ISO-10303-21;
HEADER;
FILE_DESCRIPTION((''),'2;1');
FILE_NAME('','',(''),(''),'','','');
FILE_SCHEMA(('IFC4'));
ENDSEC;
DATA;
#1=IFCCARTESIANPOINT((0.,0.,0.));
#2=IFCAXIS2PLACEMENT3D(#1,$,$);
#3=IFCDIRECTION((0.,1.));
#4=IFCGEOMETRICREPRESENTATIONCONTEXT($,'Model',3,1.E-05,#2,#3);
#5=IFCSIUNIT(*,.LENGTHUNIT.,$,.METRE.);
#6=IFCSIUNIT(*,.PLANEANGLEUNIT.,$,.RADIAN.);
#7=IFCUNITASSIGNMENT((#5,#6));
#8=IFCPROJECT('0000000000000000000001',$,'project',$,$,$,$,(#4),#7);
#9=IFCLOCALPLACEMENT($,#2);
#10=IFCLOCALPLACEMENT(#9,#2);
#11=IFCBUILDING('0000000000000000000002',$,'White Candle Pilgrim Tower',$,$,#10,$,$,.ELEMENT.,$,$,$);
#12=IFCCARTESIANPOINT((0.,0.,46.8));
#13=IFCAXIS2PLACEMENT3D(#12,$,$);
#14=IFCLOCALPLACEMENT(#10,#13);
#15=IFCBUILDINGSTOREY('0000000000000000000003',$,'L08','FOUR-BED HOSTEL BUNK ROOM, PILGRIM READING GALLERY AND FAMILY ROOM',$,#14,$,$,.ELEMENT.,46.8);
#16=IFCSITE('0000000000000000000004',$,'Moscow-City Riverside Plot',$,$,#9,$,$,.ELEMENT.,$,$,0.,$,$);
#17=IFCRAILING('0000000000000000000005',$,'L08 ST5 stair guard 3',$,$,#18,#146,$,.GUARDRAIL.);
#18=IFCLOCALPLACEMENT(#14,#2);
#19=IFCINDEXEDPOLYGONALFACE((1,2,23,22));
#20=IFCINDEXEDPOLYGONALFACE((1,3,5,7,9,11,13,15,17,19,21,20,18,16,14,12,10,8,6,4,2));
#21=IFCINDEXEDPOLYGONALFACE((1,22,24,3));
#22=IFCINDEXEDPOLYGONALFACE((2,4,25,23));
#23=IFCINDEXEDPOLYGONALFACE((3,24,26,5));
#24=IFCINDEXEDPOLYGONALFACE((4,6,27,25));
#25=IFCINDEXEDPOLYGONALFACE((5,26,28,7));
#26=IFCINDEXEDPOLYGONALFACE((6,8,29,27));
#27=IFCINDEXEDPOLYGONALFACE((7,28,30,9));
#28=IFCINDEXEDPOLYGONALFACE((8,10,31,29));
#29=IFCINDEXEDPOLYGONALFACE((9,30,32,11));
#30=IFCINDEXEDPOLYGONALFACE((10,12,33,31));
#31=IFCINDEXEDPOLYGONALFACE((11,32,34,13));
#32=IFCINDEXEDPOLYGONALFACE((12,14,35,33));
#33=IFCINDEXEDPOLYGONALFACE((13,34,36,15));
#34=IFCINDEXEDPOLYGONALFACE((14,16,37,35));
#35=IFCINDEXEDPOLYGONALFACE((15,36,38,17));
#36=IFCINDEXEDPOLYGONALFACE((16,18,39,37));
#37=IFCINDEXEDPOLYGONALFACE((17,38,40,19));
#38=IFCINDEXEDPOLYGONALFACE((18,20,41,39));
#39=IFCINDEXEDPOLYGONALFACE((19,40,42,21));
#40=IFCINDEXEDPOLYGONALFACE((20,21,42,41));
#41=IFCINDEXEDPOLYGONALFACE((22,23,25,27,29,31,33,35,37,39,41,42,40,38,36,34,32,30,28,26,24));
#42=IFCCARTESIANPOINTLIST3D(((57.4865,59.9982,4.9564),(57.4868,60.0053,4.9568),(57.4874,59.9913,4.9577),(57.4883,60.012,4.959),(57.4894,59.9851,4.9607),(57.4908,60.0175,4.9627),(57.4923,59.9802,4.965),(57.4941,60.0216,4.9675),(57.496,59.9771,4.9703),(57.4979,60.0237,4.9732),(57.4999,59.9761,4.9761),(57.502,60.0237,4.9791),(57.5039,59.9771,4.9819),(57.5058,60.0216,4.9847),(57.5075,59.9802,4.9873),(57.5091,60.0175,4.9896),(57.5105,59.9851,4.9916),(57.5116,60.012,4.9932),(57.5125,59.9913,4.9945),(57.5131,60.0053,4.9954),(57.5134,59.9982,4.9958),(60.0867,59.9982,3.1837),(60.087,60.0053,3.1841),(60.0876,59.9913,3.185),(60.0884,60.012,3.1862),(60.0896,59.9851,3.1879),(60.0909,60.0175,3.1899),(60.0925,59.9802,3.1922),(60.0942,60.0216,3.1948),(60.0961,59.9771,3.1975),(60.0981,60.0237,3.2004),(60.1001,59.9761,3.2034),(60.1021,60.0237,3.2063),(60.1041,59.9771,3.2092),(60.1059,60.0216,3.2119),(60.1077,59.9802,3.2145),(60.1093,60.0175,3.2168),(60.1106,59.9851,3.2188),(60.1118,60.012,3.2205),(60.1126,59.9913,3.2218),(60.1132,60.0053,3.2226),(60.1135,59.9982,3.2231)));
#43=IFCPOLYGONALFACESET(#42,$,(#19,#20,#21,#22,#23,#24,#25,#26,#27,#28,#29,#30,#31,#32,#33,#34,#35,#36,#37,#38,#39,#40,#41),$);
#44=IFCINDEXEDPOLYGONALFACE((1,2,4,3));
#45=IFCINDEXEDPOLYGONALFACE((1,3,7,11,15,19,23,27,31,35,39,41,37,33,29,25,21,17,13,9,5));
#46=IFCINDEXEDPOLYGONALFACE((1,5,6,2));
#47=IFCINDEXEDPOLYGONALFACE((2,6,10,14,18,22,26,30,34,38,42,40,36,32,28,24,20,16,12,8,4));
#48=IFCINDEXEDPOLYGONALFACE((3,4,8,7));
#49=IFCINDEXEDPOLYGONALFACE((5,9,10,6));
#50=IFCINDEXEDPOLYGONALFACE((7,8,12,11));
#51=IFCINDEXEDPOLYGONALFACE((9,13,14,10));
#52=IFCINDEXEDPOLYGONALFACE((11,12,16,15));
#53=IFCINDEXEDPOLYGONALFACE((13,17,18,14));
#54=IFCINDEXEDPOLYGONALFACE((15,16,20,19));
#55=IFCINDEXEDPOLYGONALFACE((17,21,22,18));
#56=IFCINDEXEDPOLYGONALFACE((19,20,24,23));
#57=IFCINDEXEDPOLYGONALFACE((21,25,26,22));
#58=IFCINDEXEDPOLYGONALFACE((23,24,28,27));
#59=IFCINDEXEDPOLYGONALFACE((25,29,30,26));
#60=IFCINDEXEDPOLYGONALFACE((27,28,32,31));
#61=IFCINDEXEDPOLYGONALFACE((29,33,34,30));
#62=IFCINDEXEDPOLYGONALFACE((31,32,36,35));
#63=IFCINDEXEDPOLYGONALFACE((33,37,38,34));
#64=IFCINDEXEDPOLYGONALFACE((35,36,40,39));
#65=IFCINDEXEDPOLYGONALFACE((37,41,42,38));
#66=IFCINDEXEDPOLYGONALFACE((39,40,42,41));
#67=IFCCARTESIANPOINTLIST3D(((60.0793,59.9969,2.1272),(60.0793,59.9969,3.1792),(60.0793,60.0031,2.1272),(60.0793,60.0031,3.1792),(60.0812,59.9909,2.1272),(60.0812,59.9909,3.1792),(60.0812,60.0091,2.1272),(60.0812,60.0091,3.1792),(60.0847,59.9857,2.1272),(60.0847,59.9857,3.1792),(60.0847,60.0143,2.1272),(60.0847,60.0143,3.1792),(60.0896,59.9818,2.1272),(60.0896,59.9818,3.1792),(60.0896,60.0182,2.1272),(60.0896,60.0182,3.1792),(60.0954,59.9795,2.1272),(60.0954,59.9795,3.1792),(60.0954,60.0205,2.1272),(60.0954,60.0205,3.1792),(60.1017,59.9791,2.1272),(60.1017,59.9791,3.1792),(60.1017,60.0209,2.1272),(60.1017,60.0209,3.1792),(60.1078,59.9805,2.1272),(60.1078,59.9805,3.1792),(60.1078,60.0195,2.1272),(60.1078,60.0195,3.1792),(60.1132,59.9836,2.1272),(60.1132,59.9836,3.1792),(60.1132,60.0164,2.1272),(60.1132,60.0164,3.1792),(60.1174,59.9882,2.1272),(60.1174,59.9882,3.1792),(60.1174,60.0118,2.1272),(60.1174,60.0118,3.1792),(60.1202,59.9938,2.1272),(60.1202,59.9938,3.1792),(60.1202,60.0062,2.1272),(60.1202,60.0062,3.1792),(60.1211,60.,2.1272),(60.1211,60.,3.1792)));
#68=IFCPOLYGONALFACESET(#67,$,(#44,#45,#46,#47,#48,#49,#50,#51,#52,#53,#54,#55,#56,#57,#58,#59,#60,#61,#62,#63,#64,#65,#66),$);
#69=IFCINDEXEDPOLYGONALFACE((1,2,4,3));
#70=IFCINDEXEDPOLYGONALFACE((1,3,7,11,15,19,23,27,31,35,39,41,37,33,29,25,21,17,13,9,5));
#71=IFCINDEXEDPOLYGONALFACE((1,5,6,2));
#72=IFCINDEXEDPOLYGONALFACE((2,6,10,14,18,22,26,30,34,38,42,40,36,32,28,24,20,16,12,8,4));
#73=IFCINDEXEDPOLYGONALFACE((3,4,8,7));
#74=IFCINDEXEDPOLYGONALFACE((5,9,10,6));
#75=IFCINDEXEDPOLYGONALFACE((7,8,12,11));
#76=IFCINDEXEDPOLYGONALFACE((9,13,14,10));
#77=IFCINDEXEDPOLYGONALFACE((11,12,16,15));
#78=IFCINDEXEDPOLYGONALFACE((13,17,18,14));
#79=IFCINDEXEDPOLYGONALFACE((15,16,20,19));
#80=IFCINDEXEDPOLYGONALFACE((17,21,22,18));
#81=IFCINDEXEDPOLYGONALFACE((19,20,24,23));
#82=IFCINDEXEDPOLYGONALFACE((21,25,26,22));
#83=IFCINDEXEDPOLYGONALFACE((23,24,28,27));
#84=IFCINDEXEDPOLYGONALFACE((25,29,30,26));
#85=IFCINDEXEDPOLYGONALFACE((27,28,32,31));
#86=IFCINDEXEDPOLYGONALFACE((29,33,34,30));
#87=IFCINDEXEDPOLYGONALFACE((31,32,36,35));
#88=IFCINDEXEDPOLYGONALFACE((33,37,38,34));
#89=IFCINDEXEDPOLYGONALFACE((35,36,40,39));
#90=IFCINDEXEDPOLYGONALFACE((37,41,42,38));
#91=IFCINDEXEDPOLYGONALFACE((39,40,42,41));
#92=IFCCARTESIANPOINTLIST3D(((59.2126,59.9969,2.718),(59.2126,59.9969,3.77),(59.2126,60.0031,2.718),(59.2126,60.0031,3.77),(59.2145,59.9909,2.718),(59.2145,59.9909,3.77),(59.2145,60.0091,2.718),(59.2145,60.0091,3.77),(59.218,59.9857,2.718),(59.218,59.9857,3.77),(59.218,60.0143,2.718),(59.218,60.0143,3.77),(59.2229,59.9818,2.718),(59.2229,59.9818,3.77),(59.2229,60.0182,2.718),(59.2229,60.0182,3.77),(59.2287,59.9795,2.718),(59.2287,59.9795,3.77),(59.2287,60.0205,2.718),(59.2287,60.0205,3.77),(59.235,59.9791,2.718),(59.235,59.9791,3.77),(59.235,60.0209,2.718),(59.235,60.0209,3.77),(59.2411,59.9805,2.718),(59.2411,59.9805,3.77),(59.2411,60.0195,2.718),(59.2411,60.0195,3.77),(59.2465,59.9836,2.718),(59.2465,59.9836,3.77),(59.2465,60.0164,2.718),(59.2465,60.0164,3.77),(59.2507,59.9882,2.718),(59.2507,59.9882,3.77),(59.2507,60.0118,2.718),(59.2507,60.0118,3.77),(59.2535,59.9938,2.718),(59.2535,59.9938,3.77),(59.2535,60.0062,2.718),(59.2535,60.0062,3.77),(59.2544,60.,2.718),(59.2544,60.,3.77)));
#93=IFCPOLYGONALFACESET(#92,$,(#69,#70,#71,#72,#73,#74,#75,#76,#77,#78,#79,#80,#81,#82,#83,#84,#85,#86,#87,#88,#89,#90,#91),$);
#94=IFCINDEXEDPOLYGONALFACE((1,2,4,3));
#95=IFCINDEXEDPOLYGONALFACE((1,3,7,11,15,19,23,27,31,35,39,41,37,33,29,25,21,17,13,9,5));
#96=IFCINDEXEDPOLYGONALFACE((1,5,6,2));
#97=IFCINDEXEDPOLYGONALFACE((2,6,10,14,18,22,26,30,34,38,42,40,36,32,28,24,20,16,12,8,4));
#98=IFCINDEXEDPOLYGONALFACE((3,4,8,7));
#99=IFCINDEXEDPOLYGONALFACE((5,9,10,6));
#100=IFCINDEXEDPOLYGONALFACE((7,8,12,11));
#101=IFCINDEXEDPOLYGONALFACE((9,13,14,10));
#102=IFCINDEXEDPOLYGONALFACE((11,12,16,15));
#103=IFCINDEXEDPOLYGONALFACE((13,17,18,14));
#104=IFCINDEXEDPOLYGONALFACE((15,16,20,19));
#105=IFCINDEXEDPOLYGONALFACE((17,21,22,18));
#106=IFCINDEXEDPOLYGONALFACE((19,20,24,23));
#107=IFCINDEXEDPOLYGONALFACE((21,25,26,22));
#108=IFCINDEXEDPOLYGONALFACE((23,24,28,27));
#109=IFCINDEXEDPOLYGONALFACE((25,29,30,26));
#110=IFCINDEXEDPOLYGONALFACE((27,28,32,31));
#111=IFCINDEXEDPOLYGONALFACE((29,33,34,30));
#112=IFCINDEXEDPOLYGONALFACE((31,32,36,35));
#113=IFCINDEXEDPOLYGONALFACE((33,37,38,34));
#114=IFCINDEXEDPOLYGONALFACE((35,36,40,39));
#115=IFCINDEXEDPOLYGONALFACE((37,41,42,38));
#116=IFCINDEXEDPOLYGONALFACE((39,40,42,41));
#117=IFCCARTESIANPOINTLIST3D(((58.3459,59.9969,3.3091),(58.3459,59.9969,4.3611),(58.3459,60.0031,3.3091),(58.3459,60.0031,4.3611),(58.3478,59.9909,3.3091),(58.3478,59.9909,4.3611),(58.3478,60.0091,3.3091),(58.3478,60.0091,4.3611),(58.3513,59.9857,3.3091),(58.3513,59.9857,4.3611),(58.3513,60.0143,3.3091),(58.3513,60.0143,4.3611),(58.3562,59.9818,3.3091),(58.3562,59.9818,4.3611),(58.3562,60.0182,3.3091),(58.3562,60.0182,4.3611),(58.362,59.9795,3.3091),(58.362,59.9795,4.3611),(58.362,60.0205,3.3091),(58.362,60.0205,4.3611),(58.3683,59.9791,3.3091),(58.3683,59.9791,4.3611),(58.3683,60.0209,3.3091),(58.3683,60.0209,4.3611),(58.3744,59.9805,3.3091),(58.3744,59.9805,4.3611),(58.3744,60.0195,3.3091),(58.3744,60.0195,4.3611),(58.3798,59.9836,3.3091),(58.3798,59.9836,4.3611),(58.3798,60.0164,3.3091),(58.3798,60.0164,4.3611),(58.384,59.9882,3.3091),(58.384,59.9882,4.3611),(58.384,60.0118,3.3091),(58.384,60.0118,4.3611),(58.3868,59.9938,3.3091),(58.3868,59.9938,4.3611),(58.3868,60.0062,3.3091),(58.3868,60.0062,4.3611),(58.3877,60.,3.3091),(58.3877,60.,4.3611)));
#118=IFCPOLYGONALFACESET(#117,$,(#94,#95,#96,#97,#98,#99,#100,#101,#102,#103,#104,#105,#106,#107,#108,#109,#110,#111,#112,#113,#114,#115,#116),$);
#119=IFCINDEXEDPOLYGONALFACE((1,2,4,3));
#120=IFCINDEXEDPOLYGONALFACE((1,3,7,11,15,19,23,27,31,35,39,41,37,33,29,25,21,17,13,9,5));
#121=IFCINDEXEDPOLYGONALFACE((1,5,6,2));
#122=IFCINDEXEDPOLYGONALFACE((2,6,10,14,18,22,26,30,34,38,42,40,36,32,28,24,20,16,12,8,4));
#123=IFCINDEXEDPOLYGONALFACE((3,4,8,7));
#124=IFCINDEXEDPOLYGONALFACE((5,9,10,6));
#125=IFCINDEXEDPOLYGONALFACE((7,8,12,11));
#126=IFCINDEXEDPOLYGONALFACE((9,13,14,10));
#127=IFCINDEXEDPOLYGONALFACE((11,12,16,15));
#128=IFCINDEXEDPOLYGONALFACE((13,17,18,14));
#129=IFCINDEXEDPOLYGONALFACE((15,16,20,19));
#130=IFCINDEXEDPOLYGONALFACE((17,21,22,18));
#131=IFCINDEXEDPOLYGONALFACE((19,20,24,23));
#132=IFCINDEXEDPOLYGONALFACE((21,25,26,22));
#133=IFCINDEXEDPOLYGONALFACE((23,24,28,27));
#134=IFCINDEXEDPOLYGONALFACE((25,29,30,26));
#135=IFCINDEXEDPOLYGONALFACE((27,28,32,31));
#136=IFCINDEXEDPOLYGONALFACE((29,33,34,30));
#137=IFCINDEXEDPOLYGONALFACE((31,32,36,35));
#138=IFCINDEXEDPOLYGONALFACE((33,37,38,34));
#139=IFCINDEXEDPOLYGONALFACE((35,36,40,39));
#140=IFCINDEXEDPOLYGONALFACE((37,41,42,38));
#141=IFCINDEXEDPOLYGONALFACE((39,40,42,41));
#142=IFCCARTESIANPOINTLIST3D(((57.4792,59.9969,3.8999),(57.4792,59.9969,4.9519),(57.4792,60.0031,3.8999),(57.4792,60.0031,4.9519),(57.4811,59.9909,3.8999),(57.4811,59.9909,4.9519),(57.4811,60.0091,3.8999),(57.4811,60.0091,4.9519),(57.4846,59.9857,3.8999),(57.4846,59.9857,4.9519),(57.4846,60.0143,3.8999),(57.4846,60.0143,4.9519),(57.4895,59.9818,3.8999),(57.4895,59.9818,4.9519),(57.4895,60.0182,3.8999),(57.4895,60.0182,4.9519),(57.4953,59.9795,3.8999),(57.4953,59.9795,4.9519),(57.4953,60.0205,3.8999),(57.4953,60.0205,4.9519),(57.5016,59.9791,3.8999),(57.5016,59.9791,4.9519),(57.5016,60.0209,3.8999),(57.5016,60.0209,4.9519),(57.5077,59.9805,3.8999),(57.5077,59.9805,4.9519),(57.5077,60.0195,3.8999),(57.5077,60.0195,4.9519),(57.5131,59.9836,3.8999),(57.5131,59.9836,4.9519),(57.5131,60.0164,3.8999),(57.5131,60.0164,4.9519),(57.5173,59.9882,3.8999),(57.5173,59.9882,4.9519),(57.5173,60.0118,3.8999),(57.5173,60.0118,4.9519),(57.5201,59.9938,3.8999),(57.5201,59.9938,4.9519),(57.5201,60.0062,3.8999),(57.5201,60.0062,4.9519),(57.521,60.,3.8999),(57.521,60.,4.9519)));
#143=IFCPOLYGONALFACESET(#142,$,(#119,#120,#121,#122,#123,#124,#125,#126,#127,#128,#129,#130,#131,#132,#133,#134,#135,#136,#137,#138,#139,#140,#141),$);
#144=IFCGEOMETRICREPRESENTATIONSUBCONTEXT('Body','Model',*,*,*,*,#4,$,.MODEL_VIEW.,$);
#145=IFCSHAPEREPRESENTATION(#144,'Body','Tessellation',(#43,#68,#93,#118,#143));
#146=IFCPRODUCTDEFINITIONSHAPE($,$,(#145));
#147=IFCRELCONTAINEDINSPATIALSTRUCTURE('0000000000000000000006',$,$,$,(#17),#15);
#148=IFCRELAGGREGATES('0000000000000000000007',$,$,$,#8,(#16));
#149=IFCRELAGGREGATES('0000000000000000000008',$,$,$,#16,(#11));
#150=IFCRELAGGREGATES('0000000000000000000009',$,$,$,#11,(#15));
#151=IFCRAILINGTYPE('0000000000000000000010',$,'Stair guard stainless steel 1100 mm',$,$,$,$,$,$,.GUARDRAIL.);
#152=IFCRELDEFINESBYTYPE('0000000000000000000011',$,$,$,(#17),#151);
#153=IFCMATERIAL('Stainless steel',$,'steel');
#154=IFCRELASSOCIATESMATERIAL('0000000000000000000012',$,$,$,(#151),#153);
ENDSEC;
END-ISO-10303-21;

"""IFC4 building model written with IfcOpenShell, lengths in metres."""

from ifc_helpers import new_model, si_unit, direction, frame, origin, origin_2d, place, context, subcontext, project, spatial, circle, extrude, material, type_object, element, save


model = new_model("IFC4")

# Units and contexts
model_context = context("Model", 3, precision=1e-05, world=origin(), true_north=direction((0.0, 1.0)))
body_context = subcontext(model_context, "Body", "Model", "MODEL_VIEW")
ifc_project = project(units=[si_unit("LENGTHUNIT", "METRE"), si_unit("PLANEANGLEUNIT", "RADIAN")], contexts=[model_context])

# Site, building, storey
site_placement = place(None, origin())
site = spatial("IfcSite", under=ifc_project, at=site_placement, Name="Moscow-City Riverside Plot", CompositionType="ELEMENT", RefElevation=0.0)
building_placement = place(site_placement, origin())
building = spatial("IfcBuilding", under=site, at=building_placement, Name="White Candle Pilgrim Tower", CompositionType="ELEMENT")
storey_placement = place(building_placement, frame((0.0, 0.0, 46.8)))
storey = spatial("IfcBuildingStorey", under=building, at=storey_placement, Name="L08", Description="FOUR-BED HOSTEL BUNK ROOM, PILGRIM READING GALLERY AND FAMILY ROOM", CompositionType="ELEMENT", Elevation=46.8)

# Railing
ifc_material_1 = material(Name="Stainless steel", Category="steel")
railing_type_1 = type_object("IfcRailingType", Name="Stair guard stainless steel 1100 mm", PredefinedType="GUARDRAIL", material=ifc_material_1)
railing_1_placement = place(storey_placement, frame((60.1001, 60.0, 2.1272)))
element("IfcRailing", 1, at=railing_1_placement, inside=storey, type_object=railing_type_1, Name="L08 ST5 stair guard 3", PredefinedType="GUARDRAIL", context=body_context, shape_type="SweptSolid", body=[
    extrude(circle(Radius=0.0239, at=origin_2d()), frame((0.0, 0.0, 1.0762), z_axis=(-0.82624, 0.0, 0.563318), x_axis=(0.0, -1.0, 0.0)), (0.0, 0.0, 1.0), 3.147),
    extrude(circle(Radius=0.021, at=origin_2d()), origin(), (0.0, 0.0, 1.0), 1.052),
    extrude(circle(Radius=0.021, at=origin_2d()), frame((-0.8667, 0.0, 0.5908)), (0.0, 0.0, 1.0), 1.052),
    extrude(circle(Radius=0.021, at=origin_2d()), frame((-1.7334, 0.0, 1.1819)), (0.0, 0.0, 1.0), 1.052),
    extrude(circle(Radius=0.021, at=origin_2d()), frame((-2.6001, 0.0, 1.7727)), (0.0, 0.0, 1.0), 1.052),
])

save(model, "model.ifc")
